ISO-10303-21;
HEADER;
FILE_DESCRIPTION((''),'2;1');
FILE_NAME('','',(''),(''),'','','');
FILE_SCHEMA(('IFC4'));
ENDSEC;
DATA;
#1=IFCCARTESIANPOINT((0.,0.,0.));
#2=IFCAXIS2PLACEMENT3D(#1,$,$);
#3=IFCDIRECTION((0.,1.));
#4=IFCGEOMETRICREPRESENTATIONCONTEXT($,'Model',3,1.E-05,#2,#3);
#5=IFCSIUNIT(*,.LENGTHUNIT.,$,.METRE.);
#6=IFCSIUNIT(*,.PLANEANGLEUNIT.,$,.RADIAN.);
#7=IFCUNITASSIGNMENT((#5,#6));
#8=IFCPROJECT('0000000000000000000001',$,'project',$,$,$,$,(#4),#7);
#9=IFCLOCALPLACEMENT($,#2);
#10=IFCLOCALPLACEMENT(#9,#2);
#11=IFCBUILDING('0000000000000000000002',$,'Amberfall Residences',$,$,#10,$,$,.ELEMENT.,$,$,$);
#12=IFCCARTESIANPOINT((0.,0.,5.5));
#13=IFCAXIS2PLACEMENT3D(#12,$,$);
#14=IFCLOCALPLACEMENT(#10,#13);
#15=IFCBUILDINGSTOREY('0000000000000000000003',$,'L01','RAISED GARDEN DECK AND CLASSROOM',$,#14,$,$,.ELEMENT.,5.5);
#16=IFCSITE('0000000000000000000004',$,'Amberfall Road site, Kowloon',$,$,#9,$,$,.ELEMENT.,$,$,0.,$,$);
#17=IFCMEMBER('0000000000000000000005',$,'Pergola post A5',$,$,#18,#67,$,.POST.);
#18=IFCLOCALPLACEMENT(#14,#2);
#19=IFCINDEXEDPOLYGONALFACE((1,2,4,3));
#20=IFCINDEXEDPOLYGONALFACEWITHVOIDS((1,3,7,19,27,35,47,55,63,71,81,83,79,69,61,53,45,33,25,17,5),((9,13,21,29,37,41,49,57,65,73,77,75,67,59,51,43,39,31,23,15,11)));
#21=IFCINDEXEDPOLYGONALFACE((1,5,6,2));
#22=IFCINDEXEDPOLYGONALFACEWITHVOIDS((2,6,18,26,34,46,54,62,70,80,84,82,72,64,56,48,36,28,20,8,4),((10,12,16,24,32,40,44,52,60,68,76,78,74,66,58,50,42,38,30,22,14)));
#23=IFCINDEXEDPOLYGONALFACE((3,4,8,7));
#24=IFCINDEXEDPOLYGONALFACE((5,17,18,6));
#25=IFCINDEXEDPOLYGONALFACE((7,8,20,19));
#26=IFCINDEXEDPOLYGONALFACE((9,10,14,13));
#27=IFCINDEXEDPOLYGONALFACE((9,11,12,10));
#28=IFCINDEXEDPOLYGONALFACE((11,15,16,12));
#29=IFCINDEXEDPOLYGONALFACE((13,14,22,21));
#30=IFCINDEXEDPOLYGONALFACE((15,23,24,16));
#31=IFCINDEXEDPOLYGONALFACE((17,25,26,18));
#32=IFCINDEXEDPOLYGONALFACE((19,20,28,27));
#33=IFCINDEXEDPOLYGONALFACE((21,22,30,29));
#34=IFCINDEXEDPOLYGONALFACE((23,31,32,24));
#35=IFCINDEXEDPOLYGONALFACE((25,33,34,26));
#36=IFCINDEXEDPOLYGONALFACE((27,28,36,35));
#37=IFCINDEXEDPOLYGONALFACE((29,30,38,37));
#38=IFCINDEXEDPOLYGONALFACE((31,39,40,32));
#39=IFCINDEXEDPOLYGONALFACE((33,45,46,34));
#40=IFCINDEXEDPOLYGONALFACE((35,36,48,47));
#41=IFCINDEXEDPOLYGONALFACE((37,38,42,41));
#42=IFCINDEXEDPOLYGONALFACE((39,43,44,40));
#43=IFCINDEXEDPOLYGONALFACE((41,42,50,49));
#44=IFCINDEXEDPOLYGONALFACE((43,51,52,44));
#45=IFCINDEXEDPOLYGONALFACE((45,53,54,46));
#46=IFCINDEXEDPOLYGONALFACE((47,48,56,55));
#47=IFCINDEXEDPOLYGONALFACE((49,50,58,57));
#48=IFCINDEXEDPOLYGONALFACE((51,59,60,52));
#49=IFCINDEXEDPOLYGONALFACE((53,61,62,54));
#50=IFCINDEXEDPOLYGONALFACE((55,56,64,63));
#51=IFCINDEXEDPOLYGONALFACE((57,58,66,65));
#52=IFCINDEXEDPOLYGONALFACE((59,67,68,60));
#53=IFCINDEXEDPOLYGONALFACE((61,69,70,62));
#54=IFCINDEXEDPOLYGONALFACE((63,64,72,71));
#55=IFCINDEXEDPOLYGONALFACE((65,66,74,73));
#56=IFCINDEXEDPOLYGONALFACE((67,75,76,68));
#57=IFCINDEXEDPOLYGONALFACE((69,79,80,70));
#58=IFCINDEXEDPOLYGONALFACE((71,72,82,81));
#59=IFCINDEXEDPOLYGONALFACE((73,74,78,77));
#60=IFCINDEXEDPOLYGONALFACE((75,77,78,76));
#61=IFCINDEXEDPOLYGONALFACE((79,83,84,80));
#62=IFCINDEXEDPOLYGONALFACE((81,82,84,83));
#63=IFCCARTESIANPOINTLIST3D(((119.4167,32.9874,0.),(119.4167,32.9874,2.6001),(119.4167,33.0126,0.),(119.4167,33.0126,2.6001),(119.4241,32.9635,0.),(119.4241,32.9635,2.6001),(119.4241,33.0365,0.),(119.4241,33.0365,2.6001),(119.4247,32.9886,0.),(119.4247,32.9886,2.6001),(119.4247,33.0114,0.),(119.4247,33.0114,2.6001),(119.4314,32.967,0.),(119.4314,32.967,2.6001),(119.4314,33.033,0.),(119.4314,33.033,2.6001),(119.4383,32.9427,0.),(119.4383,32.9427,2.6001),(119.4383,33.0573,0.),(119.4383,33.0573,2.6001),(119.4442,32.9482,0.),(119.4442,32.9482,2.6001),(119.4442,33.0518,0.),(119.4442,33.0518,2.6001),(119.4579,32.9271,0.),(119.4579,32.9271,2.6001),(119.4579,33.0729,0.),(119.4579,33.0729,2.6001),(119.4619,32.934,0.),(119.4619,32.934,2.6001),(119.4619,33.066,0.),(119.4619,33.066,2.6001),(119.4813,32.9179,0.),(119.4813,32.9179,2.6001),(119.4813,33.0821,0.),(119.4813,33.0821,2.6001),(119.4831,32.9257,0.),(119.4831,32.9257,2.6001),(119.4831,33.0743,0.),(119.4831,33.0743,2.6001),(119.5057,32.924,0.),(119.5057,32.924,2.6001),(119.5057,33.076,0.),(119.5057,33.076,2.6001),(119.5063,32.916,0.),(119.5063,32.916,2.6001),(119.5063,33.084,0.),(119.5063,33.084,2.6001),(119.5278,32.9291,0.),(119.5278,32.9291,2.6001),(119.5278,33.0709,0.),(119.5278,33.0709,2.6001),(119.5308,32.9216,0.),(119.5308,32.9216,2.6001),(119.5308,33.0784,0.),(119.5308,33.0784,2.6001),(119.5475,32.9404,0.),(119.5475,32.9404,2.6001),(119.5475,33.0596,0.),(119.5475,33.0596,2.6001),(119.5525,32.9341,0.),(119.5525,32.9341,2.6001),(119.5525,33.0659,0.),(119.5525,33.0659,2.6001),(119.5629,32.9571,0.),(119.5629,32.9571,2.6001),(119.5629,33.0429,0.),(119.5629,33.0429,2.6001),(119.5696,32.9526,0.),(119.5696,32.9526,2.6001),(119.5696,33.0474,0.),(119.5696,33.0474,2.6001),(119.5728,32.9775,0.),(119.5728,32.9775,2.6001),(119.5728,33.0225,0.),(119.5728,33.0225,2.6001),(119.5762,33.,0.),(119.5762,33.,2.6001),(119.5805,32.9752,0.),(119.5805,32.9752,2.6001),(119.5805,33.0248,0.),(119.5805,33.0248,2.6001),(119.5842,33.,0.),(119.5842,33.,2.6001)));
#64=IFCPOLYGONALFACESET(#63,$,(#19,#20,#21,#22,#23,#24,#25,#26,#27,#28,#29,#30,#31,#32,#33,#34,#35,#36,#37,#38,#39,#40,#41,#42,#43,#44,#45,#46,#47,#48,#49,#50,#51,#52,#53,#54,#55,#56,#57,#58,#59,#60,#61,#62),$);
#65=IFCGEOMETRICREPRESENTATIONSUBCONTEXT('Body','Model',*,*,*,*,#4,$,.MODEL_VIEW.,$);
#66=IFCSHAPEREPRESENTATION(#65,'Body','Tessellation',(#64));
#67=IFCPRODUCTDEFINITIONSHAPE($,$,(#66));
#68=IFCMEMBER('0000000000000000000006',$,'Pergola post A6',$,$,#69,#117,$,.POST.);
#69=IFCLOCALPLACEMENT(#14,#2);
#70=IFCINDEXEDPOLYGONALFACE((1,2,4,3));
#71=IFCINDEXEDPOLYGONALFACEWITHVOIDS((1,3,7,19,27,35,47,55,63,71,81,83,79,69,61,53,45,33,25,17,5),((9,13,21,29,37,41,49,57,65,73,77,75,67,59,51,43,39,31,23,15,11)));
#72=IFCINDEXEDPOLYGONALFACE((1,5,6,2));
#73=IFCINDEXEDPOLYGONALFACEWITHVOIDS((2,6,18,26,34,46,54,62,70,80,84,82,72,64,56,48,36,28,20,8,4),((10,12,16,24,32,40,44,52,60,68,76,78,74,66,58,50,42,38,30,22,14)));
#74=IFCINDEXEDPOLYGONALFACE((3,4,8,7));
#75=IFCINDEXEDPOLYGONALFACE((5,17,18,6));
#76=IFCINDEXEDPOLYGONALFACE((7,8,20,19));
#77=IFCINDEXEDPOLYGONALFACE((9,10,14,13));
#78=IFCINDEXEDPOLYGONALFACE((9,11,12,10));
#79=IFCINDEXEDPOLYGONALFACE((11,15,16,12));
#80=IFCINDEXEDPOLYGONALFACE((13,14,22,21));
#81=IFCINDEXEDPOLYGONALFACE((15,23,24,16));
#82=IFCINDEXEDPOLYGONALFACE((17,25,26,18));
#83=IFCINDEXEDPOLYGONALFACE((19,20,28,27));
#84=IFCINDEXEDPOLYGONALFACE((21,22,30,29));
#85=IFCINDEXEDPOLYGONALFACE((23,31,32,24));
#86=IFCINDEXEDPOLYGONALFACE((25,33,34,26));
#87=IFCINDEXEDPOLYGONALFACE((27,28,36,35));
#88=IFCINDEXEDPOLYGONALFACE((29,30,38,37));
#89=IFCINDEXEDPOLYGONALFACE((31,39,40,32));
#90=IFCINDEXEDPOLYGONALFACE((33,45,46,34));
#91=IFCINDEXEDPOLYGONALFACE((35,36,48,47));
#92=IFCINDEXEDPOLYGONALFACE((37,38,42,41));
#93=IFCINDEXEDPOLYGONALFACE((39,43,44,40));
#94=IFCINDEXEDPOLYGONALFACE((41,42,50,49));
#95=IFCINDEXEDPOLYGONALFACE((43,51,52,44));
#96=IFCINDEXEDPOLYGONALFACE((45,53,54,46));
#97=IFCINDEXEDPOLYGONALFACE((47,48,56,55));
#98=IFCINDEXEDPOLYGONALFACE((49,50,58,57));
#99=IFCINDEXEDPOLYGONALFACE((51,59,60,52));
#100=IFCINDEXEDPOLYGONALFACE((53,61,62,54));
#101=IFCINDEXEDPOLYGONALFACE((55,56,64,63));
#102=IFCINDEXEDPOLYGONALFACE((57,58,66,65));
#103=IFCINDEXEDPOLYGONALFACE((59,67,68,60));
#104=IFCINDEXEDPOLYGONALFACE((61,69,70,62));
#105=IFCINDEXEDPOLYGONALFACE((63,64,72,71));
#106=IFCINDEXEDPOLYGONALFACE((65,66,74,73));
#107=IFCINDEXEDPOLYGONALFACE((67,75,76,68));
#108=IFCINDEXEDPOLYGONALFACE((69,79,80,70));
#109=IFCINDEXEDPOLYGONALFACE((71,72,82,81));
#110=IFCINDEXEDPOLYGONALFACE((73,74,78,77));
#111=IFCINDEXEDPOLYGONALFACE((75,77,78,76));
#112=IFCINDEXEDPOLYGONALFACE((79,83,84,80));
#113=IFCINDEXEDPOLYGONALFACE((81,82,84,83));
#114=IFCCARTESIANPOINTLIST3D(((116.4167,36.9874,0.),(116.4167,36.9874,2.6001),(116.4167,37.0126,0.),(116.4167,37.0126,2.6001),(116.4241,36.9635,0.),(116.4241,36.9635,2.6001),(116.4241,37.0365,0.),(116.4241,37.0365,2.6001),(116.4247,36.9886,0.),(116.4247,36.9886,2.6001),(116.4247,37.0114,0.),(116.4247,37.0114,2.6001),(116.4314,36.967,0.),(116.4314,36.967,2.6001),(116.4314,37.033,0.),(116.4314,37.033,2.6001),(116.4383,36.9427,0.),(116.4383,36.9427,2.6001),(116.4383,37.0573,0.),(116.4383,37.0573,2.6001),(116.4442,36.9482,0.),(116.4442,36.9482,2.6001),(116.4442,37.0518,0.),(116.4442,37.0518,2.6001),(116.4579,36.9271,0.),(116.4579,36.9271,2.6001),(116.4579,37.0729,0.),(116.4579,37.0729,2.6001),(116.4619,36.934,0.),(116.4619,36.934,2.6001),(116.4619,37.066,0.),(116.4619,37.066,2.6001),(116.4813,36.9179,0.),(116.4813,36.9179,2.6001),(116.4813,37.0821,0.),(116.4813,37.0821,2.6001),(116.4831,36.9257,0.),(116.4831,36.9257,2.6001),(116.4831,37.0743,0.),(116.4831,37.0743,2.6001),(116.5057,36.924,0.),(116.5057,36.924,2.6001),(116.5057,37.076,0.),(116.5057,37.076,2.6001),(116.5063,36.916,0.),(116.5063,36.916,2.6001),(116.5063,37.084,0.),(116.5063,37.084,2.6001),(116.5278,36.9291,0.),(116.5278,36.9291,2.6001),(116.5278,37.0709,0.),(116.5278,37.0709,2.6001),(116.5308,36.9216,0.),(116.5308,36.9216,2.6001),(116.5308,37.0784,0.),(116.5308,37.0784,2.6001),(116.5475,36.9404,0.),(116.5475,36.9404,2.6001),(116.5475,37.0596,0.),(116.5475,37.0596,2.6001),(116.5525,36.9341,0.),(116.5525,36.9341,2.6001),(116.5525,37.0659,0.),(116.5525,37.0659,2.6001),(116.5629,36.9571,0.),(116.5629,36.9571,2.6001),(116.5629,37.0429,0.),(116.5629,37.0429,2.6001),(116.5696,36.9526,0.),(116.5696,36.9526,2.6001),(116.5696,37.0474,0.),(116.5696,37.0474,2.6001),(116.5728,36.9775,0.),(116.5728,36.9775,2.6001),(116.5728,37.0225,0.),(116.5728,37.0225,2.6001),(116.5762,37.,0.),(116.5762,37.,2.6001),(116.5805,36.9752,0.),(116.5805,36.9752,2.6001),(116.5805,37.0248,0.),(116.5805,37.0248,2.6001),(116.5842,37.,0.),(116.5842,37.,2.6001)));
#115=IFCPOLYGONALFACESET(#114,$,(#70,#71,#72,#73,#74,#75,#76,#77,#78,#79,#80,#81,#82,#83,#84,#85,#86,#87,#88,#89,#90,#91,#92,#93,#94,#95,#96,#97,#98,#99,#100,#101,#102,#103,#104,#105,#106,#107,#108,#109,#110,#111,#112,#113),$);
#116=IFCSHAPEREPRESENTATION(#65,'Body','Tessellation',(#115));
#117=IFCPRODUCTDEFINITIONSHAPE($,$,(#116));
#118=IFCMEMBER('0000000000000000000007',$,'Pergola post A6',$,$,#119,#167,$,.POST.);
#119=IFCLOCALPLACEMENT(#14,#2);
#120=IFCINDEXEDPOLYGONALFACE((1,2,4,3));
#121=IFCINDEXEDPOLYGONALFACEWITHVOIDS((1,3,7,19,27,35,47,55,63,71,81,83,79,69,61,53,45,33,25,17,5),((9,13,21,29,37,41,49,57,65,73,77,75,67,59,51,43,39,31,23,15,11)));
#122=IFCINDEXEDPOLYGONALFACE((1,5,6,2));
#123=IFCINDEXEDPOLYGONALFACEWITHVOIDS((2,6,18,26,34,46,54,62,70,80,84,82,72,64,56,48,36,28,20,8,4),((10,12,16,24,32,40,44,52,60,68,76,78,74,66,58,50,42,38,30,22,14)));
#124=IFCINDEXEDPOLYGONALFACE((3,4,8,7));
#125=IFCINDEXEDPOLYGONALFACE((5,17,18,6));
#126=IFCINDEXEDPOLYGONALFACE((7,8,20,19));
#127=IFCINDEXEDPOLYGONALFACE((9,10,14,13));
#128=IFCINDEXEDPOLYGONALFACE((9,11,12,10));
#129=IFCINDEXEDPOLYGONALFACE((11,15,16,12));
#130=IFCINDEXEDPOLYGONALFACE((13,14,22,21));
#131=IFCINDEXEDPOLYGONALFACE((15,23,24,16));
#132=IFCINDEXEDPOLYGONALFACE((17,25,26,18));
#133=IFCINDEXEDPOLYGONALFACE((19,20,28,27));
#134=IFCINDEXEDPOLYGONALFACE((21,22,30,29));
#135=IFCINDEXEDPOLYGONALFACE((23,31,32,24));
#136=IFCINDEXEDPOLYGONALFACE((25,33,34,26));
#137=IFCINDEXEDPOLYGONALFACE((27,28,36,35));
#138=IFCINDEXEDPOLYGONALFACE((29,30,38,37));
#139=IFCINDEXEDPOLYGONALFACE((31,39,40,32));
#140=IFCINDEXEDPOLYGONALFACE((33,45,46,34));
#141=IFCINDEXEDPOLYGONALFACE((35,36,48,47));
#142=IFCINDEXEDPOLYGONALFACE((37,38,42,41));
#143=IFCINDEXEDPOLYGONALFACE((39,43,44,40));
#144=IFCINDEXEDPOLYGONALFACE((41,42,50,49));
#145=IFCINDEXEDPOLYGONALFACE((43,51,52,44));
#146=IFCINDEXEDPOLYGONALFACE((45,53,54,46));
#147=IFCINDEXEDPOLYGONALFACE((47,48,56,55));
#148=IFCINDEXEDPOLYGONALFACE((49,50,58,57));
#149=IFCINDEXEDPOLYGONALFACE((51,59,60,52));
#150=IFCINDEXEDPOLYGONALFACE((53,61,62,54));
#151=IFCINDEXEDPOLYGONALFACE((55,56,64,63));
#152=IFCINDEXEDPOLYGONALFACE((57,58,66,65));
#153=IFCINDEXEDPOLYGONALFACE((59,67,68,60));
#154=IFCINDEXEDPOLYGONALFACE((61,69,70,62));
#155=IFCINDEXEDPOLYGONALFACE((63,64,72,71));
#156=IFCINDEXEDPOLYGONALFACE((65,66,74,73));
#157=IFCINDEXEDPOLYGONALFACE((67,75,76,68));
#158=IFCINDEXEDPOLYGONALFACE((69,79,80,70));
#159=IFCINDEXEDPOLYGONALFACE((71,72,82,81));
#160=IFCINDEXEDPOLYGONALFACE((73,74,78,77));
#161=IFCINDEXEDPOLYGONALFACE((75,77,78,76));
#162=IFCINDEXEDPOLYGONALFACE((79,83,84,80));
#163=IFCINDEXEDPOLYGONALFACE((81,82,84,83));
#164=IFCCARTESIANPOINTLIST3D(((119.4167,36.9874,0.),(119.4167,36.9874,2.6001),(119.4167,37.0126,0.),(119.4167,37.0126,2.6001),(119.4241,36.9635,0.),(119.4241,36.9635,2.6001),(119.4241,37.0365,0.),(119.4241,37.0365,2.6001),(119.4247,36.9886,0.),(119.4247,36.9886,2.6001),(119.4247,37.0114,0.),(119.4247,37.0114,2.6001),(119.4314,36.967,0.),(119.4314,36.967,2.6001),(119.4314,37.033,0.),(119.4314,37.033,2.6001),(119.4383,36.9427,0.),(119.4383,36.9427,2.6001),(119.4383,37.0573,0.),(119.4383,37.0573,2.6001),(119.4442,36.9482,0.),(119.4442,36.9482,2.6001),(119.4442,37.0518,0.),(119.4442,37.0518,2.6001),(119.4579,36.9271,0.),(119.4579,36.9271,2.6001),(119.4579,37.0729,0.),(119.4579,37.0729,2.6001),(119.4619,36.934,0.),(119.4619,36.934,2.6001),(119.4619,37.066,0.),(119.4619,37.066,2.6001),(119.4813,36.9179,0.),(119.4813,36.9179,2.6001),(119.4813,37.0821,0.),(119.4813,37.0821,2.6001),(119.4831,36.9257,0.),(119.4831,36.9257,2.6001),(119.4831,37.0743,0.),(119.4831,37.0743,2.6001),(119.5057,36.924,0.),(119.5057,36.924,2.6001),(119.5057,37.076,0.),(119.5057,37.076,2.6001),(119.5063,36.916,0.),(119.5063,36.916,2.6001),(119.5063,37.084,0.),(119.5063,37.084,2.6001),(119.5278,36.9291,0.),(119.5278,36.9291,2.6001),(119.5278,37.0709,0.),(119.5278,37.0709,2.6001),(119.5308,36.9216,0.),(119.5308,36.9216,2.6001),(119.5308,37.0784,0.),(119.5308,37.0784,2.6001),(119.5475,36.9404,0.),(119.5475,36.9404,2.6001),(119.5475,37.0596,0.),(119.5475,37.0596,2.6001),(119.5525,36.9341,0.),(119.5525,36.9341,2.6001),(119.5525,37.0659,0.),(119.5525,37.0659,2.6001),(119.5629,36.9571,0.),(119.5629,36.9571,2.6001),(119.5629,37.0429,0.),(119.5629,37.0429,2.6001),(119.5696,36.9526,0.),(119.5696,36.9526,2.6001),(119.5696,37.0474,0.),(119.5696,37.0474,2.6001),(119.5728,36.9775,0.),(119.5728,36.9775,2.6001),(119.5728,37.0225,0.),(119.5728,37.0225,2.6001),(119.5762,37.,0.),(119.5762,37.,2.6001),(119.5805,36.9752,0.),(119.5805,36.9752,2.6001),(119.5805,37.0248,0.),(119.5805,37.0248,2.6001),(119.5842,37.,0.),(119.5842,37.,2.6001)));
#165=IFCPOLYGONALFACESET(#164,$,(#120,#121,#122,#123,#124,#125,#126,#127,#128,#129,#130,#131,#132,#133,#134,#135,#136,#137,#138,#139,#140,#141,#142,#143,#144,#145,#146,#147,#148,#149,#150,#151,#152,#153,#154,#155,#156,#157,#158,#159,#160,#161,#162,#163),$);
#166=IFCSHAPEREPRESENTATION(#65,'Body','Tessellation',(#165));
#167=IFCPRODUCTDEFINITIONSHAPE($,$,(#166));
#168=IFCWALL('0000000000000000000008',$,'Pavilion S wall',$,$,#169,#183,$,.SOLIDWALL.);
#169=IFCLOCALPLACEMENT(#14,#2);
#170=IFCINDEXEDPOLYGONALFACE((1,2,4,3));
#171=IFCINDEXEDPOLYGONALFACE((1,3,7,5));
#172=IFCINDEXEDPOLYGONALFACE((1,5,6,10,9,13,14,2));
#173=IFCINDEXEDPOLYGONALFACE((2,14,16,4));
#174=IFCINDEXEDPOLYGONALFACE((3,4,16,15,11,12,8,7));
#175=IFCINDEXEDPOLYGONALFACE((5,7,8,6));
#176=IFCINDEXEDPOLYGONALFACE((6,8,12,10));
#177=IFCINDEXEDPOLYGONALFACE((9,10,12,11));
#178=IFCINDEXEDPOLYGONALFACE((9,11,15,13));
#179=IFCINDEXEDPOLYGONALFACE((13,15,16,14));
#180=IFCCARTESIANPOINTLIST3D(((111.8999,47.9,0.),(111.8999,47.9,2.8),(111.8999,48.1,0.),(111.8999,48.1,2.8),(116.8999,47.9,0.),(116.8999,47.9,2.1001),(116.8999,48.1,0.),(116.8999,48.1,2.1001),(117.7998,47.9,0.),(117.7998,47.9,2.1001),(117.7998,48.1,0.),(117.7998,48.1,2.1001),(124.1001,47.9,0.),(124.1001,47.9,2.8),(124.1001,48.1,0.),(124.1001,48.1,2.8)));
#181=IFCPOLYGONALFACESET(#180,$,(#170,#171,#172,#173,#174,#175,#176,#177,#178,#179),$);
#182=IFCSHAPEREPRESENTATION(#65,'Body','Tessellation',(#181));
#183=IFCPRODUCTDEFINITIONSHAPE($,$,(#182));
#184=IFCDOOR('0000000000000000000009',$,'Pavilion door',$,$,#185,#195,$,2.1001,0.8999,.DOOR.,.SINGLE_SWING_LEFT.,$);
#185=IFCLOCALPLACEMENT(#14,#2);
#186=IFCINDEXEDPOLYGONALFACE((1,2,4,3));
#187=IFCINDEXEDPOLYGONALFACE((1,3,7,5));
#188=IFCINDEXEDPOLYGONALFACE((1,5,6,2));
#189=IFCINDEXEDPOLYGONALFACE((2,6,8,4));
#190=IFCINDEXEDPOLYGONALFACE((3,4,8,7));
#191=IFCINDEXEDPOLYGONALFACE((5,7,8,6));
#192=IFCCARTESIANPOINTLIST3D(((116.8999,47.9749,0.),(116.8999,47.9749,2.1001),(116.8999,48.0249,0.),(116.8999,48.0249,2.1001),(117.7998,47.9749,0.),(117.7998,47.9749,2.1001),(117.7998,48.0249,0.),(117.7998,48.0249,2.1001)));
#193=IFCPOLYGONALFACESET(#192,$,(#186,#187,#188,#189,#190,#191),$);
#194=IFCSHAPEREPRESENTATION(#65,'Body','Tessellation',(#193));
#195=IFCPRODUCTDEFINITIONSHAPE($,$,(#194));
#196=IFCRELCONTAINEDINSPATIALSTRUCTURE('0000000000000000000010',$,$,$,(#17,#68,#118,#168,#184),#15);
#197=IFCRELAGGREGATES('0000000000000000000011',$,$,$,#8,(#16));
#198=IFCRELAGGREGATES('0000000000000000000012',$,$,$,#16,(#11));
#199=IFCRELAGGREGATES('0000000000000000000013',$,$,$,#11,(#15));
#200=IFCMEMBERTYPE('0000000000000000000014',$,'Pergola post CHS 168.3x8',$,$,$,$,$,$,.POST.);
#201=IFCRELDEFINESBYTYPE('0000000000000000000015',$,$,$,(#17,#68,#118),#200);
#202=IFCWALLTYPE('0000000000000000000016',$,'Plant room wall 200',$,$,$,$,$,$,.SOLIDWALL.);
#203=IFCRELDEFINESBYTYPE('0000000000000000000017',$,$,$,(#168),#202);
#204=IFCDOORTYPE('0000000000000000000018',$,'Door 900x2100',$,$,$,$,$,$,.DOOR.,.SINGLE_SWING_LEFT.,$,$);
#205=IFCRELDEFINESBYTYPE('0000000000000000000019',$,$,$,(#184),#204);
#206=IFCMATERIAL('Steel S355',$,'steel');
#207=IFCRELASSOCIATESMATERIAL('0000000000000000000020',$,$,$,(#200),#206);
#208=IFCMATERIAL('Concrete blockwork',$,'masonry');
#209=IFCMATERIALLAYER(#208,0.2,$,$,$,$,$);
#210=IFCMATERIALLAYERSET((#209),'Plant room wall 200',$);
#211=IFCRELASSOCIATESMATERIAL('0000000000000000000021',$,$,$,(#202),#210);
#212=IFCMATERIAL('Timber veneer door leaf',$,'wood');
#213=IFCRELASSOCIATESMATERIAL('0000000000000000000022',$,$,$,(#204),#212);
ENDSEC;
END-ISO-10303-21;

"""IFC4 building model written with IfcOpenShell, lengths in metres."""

from ifc_helpers import new_model, si_unit, direction, frame, frame_2d, origin, origin_2d, place, context, subcontext, project, spatial, rectangle, hollow_circle, extrude, material, layer, layer_set, material_profile, profile_set, type_object, element, fill, save


model = new_model("IFC4")

# Units and contexts
model_context = context("Model", 3, precision=1e-05, world=origin(), true_north=direction((0.0, 1.0)))
body_context = subcontext(model_context, "Body", "Model", "MODEL_VIEW")
ifc_project = project(units=[si_unit("LENGTHUNIT", "METRE"), si_unit("PLANEANGLEUNIT", "RADIAN")], contexts=[model_context])

# Site, building, storey
site_placement = place(None, origin())
site = spatial("IfcSite", under=ifc_project, at=site_placement, Name="Amberfall Road site, Kowloon", CompositionType="ELEMENT", RefElevation=0.0)
building_placement = place(site_placement, origin())
building = spatial("IfcBuilding", under=site, at=building_placement, Name="Amberfall Residences", CompositionType="ELEMENT")
storey_placement = place(building_placement, frame((0.0, 0.0, 5.5)))
storey = spatial("IfcBuildingStorey", under=building, at=storey_placement, Name="L01", Description="RAISED GARDEN DECK AND CLASSROOM", CompositionType="ELEMENT", Elevation=5.5)

# Members
ifc_material_1 = material(Name="Steel S355", Category="steel")
ifc_material_profile_1 = material_profile(ifc_material_1, hollow_circle(Radius=0.0842, WallThickness=0.0081, at=origin_2d()), Name="CHS 168.3x8")
ifc_profile_set_1 = profile_set([ifc_material_profile_1], Name="Steel S355")
member_type_1 = type_object("IfcMemberType", Name="Pergola post CHS 168.3x8", PredefinedType="POST", material=ifc_profile_set_1)
for number, where, z_axis, x_axis, name in (
    (1, (119.5, 33.0, 0.0), (0.0, 0.0, 1.0), (1.0, 0.0, 0.0), "Pergola post A5"),
    (2, (116.5, 37.0, 0.0), (0.0, 0.0, 1.0), (1.0, 0.0, 0.0), "Pergola post A6"),
    (3, (119.5, 37.0, 0.0), (0.0, 0.0, 1.0), (1.0, 0.0, 0.0), "Pergola post A6"),
):
    element("IfcMember", number, at=place(storey_placement, frame(where, z_axis=z_axis, x_axis=x_axis)), inside=storey, type_object=member_type_1, Name=name, PredefinedType="POST", context=body_context, shape_type="SweptSolid", body=[
        extrude(hollow_circle(Radius=0.0842, WallThickness=0.0081, at=origin_2d()), origin(), (0.0, 0.0, 1.0), 2.6001),
    ])

# Wall, opening, door
ifc_material_2 = material(Name="Concrete blockwork", Category="masonry")
ifc_layer_1 = layer(ifc_material_2, 0.2)
ifc_layer_set_1 = layer_set([ifc_layer_1], Name="Plant room wall 200")
wall_type_1 = type_object("IfcWallType", Name="Plant room wall 200", PredefinedType="SOLIDWALL", material=ifc_layer_set_1)
wall_1_placement = place(storey_placement, frame((111.8999, 48.0, 0.0), z_axis=(0.0, 0.0, 1.0), x_axis=(1.0, 0.0, 0.0)))
wall_1 = element("IfcWall", 4, at=wall_1_placement, inside=storey, type_object=wall_type_1, Name="Pavilion S wall", PredefinedType="SOLIDWALL", context=body_context, shape_type="SweptSolid", body=[
    extrude(rectangle(XDim=12.2002, YDim=0.2, at=frame_2d((6.1001, 0.0))), origin(), (0.0, 0.0, 1.0), 2.8),
])
opening_placement = place(wall_1_placement, frame((5.0, 0.0, 0.0)))
opening = element("IfcOpeningElement", 5, at=opening_placement, cuts=wall_1, PredefinedType="OPENING", context=body_context, shape_type="SweptSolid", body=[
    extrude(rectangle(XDim=0.8999, YDim=2.1001, at=frame_2d((0.45, 1.05))), frame((0.0, 0.1099, 0.0), z_axis=(0.0, -1.0, 0.0), x_axis=(1.0, 0.0, 0.0)), (0.0, 0.0, 1.0), 0.22),
])
ifc_material_3 = material(Name="Timber veneer door leaf", Category="wood")
door_type = type_object("IfcDoorType", Name="Door 900x2100", OperationType="SINGLE_SWING_LEFT", PredefinedType="DOOR", material=ifc_material_3)
door_placement = place(opening_placement, origin())
door = element("IfcDoor", 6, at=door_placement, inside=storey, type_object=door_type, Name="Pavilion door", OperationType="SINGLE_SWING_LEFT", OverallHeight=2.1001, OverallWidth=0.8999, PredefinedType="DOOR", context=body_context, shape_type="SweptSolid", body=[
    extrude(rectangle(XDim=0.8999, YDim=2.1001, at=frame_2d((0.45, 1.05))), frame((0.0, 0.0249, 0.0), z_axis=(0.0, -1.0, 0.0), x_axis=(1.0, 0.0, 0.0)), (0.0, 0.0, 1.0), 0.05),
])
fill(opening, door)

save(model, "model.ifc")
